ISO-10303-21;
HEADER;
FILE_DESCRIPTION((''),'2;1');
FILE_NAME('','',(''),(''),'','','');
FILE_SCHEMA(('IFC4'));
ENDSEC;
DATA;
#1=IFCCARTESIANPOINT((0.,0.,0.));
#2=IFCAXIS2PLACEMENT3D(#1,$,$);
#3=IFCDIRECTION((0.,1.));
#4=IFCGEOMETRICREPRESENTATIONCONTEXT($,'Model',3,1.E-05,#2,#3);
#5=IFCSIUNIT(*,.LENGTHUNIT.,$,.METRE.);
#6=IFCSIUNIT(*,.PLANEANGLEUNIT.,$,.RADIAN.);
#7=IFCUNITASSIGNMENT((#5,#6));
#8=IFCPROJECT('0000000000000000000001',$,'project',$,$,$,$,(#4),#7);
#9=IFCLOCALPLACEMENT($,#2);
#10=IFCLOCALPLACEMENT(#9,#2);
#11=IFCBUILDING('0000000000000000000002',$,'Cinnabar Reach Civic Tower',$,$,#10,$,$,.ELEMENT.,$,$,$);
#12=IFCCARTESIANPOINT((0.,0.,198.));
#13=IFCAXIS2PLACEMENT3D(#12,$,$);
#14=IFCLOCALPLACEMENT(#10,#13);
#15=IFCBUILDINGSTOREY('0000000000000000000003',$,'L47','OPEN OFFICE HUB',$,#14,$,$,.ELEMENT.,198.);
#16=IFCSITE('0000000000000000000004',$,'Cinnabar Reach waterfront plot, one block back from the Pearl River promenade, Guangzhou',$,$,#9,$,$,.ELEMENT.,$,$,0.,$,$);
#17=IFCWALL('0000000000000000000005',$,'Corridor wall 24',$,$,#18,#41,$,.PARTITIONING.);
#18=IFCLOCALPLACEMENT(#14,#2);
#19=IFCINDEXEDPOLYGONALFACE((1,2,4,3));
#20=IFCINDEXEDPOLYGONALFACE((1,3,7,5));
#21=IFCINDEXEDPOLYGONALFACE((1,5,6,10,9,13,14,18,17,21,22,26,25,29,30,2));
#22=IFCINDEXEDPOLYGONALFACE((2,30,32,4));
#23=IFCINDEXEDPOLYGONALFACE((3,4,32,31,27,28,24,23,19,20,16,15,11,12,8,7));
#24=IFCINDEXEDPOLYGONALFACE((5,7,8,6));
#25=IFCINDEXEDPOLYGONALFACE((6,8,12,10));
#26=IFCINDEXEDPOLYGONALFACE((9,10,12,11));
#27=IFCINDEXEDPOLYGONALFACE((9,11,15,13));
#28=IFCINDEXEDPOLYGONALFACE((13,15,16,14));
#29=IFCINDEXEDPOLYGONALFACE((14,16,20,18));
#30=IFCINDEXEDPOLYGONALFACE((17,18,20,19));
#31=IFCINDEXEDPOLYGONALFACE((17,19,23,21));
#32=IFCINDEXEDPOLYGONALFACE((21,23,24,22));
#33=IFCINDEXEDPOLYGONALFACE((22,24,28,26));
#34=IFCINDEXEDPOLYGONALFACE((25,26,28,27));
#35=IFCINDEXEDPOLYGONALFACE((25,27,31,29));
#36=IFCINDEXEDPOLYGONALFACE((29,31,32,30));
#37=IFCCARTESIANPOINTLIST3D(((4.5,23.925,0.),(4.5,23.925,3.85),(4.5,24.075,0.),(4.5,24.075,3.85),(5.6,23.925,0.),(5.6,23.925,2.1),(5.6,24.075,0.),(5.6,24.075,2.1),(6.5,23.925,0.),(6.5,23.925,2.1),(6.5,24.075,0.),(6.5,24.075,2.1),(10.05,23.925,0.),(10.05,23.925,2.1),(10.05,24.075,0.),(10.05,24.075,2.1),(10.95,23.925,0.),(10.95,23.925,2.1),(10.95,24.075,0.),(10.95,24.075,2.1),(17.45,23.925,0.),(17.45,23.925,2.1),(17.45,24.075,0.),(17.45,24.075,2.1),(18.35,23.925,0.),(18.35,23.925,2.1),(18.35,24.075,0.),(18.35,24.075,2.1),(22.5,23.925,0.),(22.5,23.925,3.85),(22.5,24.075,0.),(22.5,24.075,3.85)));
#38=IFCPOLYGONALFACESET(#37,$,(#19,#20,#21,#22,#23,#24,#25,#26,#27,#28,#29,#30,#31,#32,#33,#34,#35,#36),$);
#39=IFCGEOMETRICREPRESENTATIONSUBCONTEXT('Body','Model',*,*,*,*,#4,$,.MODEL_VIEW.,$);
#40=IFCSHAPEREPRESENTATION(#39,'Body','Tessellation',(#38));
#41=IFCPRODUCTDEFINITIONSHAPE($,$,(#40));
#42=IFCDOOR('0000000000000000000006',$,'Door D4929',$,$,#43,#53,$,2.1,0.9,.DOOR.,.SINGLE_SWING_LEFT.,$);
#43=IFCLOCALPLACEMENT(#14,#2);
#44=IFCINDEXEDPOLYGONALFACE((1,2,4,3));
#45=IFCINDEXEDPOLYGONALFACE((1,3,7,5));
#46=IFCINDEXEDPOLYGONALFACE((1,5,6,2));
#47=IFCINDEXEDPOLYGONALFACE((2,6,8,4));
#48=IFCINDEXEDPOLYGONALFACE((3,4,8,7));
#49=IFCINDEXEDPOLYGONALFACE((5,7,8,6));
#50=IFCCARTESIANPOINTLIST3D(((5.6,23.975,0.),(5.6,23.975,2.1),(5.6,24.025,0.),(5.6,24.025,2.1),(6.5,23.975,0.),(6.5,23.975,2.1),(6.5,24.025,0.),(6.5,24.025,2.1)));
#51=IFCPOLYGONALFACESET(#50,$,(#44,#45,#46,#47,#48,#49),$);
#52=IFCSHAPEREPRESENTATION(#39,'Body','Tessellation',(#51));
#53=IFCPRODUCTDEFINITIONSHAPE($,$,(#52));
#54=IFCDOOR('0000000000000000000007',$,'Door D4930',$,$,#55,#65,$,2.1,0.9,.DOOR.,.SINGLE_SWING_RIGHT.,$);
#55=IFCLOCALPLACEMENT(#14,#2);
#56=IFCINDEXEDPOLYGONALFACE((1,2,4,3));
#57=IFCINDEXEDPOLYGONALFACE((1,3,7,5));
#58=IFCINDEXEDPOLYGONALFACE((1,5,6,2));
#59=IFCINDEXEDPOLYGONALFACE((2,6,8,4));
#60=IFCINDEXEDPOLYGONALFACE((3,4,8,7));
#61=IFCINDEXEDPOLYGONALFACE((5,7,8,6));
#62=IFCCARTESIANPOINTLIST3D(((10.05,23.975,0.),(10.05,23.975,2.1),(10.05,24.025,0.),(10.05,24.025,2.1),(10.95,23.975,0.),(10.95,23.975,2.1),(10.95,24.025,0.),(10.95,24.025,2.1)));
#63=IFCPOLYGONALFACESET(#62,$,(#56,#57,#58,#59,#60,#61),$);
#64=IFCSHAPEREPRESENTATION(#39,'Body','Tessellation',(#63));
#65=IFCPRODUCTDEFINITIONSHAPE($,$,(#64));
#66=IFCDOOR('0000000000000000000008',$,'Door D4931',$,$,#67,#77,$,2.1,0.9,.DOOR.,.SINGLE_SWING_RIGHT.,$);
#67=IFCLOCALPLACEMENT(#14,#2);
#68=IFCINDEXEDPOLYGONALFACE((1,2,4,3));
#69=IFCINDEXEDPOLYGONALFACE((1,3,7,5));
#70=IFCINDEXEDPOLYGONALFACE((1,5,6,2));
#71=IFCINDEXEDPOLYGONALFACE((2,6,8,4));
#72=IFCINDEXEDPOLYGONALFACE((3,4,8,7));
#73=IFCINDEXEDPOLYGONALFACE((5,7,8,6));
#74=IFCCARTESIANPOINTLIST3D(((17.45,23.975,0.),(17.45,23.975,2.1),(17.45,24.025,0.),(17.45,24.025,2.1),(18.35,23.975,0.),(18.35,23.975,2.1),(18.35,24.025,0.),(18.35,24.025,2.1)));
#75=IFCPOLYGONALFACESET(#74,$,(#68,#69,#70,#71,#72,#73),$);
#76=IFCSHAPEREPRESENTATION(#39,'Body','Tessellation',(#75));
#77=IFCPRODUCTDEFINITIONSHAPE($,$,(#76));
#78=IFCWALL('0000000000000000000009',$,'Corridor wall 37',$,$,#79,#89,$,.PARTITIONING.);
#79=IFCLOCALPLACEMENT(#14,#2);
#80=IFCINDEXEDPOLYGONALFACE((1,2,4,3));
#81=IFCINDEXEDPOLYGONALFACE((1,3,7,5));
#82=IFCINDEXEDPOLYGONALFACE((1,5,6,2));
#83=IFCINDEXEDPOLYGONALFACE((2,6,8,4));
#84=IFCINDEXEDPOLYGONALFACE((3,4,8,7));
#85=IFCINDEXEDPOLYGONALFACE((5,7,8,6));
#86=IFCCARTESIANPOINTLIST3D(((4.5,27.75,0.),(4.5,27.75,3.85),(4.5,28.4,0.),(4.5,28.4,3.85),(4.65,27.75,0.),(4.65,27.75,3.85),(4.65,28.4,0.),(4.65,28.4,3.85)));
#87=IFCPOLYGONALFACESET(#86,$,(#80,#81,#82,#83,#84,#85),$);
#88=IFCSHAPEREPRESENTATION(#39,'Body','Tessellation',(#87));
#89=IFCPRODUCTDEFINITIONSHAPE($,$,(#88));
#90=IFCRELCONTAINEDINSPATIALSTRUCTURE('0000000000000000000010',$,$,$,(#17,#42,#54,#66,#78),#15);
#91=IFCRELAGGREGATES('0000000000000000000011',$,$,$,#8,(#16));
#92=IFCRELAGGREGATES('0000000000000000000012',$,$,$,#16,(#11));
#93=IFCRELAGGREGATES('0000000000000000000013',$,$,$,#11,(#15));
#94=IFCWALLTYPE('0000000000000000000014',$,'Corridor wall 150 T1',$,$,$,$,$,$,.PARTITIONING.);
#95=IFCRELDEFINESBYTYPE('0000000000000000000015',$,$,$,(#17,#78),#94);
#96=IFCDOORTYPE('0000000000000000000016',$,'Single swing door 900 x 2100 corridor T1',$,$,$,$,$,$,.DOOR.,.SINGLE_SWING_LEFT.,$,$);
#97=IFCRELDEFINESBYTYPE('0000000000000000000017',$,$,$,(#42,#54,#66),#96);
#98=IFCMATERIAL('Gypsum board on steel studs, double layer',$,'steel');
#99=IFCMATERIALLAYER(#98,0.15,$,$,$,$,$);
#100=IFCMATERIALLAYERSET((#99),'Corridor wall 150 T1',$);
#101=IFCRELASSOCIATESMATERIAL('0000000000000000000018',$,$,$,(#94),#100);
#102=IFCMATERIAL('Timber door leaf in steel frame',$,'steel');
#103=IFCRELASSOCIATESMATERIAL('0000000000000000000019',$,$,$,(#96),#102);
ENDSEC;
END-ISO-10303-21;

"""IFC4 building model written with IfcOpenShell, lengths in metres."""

from ifc_helpers import new_model, si_unit, direction, frame, frame_2d, origin, place, context, subcontext, project, spatial, rectangle, extrude, material, layer, layer_set, type_object, element, fill, save


model = new_model("IFC4")

# Units and contexts
model_context = context("Model", 3, precision=1e-05, world=origin(), true_north=direction((0.0, 1.0)))
body_context = subcontext(model_context, "Body", "Model", "MODEL_VIEW")
ifc_project = project(units=[si_unit("LENGTHUNIT", "METRE"), si_unit("PLANEANGLEUNIT", "RADIAN")], contexts=[model_context])

# Site, building, storey
site_placement = place(None, origin())
site = spatial("IfcSite", under=ifc_project, at=site_placement, Name="Cinnabar Reach waterfront plot, one block back from the Pearl River promenade, Guangzhou", CompositionType="ELEMENT", RefElevation=0.0)
building_placement = place(site_placement, origin())
building = spatial("IfcBuilding", under=site, at=building_placement, Name="Cinnabar Reach Civic Tower", CompositionType="ELEMENT")
storey_placement = place(building_placement, frame((0.0, 0.0, 198.0)))
storey = spatial("IfcBuildingStorey", under=building, at=storey_placement, Name="L47", Description="OPEN OFFICE HUB", CompositionType="ELEMENT", Elevation=198.0)

# Shared definitions
ifc_material_1 = material(Name="Timber door leaf in steel frame", Category="steel")

# Shared definitions
ifc_material_2 = material(Name="Gypsum board on steel studs, double layer", Category="steel")
ifc_layer_1 = layer(ifc_material_2, 0.15)
ifc_layer_set_1 = layer_set([ifc_layer_1], Name="Corridor wall 150 T1")
wall_type_1 = type_object("IfcWallType", Name="Corridor wall 150 T1", PredefinedType="PARTITIONING", material=ifc_layer_set_1)

# Wall, openings, doors
wall_1_placement = place(storey_placement, frame((4.5, 24.0, 0.0), z_axis=(0.0, 0.0, 1.0), x_axis=(1.0, 0.0, 0.0)))
wall_1 = element("IfcWall", 1, at=wall_1_placement, inside=storey, type_object=wall_type_1, Name="Corridor wall 24", PredefinedType="PARTITIONING", context=body_context, shape_type="SweptSolid", body=[
    extrude(rectangle(XDim=18.0, YDim=0.15, at=frame_2d((9.0, 0.0))), origin(), (0.0, 0.0, 1.0), 3.85),
])
opening_1_placement = place(wall_1_placement, frame((1.1, 0.0, 0.0)))
opening_1 = element("IfcOpeningElement", 2, at=opening_1_placement, cuts=wall_1, PredefinedType="OPENING", context=body_context, shape_type="SweptSolid", body=[
    extrude(rectangle(XDim=0.9, YDim=2.1, at=frame_2d((0.45, 1.05))), frame((0.0, 0.085, 0.0), z_axis=(0.0, -1.0, 0.0), x_axis=(1.0, 0.0, 0.0)), (0.0, 0.0, 1.0), 0.17),
])
opening_2_placement = place(wall_1_placement, frame((5.55, 0.0, 0.0)))
opening_2 = element("IfcOpeningElement", 3, at=opening_2_placement, cuts=wall_1, PredefinedType="OPENING", context=body_context, shape_type="SweptSolid", body=[
    extrude(rectangle(XDim=0.9, YDim=2.1, at=frame_2d((0.45, 1.05))), frame((0.0, 0.085, 0.0), z_axis=(0.0, -1.0, 0.0), x_axis=(1.0, 0.0, 0.0)), (0.0, 0.0, 1.0), 0.17),
])
opening_3_placement = place(wall_1_placement, frame((12.95, 0.0, 0.0)))
opening_3 = element("IfcOpeningElement", 4, at=opening_3_placement, cuts=wall_1, PredefinedType="OPENING", context=body_context, shape_type="SweptSolid", body=[
    extrude(rectangle(XDim=0.9, YDim=2.1, at=frame_2d((0.45, 1.05))), frame((0.0, 0.085, 0.0), z_axis=(0.0, -1.0, 0.0), x_axis=(1.0, 0.0, 0.0)), (0.0, 0.0, 1.0), 0.17),
])
door_type_1 = type_object("IfcDoorType", Name="Single swing door 900 x 2100 corridor T1", OperationType="SINGLE_SWING_LEFT", PredefinedType="DOOR", material=ifc_material_1)
door_1_placement = place(opening_1_placement, frame((0.9, 0.0, 0.0), z_axis=(0.0, 0.0, 1.0), x_axis=(-1.0, 0.0, 0.0)))
door_1 = element("IfcDoor", 5, at=door_1_placement, inside=storey, type_object=door_type_1, Name="Door D4929", OperationType="SINGLE_SWING_LEFT", OverallHeight=2.1, OverallWidth=0.9, PredefinedType="DOOR", context=body_context, shape_type="SweptSolid", body=[
    extrude(rectangle(XDim=0.9, YDim=2.1, at=frame_2d((0.45, 1.05))), frame((0.0, 0.025, 0.0), z_axis=(0.0, -1.0, 0.0), x_axis=(1.0, 0.0, 0.0)), (0.0, 0.0, 1.0), 0.05),
])
fill(opening_1, door_1)
door_2_placement = place(opening_2_placement, frame((0.9, 0.0, 0.0), z_axis=(0.0, 0.0, 1.0), x_axis=(-1.0, 0.0, 0.0)))
door_2 = element("IfcDoor", 6, at=door_2_placement, inside=storey, type_object=door_type_1, Name="Door D4930", OperationType="SINGLE_SWING_RIGHT", OverallHeight=2.1, OverallWidth=0.9, PredefinedType="DOOR", context=body_context, shape_type="SweptSolid", body=[
    extrude(rectangle(XDim=0.9, YDim=2.1, at=frame_2d((0.45, 1.05))), frame((0.0, 0.025, 0.0), z_axis=(0.0, -1.0, 0.0), x_axis=(1.0, 0.0, 0.0)), (0.0, 0.0, 1.0), 0.05),
])
fill(opening_2, door_2)
door_3_placement = place(opening_3_placement, frame((0.9, 0.0, 0.0), z_axis=(0.0, 0.0, 1.0), x_axis=(-1.0, 0.0, 0.0)))
door_3 = element("IfcDoor", 7, at=door_3_placement, inside=storey, type_object=door_type_1, Name="Door D4931", OperationType="SINGLE_SWING_RIGHT", OverallHeight=2.1, OverallWidth=0.9, PredefinedType="DOOR", context=body_context, shape_type="SweptSolid", body=[
    extrude(rectangle(XDim=0.9, YDim=2.1, at=frame_2d((0.45, 1.05))), frame((0.0, 0.025, 0.0), z_axis=(0.0, -1.0, 0.0), x_axis=(1.0, 0.0, 0.0)), (0.0, 0.0, 1.0), 0.05),
])
fill(opening_3, door_3)

# Wall
wall_2_placement = place(storey_placement, frame((4.575, 27.75, 0.0), z_axis=(0.0, 0.0, 1.0), x_axis=(0.0, 1.0, 0.0)))
element("IfcWall", 8, at=wall_2_placement, inside=storey, type_object=wall_type_1, Name="Corridor wall 37", PredefinedType="PARTITIONING", context=body_context, shape_type="SweptSolid", body=[
    extrude(rectangle(XDim=0.65, YDim=0.15, at=frame_2d((0.325, 0.0))), origin(), (0.0, 0.0, 1.0), 3.85),
])

save(model, "model.ifc")
